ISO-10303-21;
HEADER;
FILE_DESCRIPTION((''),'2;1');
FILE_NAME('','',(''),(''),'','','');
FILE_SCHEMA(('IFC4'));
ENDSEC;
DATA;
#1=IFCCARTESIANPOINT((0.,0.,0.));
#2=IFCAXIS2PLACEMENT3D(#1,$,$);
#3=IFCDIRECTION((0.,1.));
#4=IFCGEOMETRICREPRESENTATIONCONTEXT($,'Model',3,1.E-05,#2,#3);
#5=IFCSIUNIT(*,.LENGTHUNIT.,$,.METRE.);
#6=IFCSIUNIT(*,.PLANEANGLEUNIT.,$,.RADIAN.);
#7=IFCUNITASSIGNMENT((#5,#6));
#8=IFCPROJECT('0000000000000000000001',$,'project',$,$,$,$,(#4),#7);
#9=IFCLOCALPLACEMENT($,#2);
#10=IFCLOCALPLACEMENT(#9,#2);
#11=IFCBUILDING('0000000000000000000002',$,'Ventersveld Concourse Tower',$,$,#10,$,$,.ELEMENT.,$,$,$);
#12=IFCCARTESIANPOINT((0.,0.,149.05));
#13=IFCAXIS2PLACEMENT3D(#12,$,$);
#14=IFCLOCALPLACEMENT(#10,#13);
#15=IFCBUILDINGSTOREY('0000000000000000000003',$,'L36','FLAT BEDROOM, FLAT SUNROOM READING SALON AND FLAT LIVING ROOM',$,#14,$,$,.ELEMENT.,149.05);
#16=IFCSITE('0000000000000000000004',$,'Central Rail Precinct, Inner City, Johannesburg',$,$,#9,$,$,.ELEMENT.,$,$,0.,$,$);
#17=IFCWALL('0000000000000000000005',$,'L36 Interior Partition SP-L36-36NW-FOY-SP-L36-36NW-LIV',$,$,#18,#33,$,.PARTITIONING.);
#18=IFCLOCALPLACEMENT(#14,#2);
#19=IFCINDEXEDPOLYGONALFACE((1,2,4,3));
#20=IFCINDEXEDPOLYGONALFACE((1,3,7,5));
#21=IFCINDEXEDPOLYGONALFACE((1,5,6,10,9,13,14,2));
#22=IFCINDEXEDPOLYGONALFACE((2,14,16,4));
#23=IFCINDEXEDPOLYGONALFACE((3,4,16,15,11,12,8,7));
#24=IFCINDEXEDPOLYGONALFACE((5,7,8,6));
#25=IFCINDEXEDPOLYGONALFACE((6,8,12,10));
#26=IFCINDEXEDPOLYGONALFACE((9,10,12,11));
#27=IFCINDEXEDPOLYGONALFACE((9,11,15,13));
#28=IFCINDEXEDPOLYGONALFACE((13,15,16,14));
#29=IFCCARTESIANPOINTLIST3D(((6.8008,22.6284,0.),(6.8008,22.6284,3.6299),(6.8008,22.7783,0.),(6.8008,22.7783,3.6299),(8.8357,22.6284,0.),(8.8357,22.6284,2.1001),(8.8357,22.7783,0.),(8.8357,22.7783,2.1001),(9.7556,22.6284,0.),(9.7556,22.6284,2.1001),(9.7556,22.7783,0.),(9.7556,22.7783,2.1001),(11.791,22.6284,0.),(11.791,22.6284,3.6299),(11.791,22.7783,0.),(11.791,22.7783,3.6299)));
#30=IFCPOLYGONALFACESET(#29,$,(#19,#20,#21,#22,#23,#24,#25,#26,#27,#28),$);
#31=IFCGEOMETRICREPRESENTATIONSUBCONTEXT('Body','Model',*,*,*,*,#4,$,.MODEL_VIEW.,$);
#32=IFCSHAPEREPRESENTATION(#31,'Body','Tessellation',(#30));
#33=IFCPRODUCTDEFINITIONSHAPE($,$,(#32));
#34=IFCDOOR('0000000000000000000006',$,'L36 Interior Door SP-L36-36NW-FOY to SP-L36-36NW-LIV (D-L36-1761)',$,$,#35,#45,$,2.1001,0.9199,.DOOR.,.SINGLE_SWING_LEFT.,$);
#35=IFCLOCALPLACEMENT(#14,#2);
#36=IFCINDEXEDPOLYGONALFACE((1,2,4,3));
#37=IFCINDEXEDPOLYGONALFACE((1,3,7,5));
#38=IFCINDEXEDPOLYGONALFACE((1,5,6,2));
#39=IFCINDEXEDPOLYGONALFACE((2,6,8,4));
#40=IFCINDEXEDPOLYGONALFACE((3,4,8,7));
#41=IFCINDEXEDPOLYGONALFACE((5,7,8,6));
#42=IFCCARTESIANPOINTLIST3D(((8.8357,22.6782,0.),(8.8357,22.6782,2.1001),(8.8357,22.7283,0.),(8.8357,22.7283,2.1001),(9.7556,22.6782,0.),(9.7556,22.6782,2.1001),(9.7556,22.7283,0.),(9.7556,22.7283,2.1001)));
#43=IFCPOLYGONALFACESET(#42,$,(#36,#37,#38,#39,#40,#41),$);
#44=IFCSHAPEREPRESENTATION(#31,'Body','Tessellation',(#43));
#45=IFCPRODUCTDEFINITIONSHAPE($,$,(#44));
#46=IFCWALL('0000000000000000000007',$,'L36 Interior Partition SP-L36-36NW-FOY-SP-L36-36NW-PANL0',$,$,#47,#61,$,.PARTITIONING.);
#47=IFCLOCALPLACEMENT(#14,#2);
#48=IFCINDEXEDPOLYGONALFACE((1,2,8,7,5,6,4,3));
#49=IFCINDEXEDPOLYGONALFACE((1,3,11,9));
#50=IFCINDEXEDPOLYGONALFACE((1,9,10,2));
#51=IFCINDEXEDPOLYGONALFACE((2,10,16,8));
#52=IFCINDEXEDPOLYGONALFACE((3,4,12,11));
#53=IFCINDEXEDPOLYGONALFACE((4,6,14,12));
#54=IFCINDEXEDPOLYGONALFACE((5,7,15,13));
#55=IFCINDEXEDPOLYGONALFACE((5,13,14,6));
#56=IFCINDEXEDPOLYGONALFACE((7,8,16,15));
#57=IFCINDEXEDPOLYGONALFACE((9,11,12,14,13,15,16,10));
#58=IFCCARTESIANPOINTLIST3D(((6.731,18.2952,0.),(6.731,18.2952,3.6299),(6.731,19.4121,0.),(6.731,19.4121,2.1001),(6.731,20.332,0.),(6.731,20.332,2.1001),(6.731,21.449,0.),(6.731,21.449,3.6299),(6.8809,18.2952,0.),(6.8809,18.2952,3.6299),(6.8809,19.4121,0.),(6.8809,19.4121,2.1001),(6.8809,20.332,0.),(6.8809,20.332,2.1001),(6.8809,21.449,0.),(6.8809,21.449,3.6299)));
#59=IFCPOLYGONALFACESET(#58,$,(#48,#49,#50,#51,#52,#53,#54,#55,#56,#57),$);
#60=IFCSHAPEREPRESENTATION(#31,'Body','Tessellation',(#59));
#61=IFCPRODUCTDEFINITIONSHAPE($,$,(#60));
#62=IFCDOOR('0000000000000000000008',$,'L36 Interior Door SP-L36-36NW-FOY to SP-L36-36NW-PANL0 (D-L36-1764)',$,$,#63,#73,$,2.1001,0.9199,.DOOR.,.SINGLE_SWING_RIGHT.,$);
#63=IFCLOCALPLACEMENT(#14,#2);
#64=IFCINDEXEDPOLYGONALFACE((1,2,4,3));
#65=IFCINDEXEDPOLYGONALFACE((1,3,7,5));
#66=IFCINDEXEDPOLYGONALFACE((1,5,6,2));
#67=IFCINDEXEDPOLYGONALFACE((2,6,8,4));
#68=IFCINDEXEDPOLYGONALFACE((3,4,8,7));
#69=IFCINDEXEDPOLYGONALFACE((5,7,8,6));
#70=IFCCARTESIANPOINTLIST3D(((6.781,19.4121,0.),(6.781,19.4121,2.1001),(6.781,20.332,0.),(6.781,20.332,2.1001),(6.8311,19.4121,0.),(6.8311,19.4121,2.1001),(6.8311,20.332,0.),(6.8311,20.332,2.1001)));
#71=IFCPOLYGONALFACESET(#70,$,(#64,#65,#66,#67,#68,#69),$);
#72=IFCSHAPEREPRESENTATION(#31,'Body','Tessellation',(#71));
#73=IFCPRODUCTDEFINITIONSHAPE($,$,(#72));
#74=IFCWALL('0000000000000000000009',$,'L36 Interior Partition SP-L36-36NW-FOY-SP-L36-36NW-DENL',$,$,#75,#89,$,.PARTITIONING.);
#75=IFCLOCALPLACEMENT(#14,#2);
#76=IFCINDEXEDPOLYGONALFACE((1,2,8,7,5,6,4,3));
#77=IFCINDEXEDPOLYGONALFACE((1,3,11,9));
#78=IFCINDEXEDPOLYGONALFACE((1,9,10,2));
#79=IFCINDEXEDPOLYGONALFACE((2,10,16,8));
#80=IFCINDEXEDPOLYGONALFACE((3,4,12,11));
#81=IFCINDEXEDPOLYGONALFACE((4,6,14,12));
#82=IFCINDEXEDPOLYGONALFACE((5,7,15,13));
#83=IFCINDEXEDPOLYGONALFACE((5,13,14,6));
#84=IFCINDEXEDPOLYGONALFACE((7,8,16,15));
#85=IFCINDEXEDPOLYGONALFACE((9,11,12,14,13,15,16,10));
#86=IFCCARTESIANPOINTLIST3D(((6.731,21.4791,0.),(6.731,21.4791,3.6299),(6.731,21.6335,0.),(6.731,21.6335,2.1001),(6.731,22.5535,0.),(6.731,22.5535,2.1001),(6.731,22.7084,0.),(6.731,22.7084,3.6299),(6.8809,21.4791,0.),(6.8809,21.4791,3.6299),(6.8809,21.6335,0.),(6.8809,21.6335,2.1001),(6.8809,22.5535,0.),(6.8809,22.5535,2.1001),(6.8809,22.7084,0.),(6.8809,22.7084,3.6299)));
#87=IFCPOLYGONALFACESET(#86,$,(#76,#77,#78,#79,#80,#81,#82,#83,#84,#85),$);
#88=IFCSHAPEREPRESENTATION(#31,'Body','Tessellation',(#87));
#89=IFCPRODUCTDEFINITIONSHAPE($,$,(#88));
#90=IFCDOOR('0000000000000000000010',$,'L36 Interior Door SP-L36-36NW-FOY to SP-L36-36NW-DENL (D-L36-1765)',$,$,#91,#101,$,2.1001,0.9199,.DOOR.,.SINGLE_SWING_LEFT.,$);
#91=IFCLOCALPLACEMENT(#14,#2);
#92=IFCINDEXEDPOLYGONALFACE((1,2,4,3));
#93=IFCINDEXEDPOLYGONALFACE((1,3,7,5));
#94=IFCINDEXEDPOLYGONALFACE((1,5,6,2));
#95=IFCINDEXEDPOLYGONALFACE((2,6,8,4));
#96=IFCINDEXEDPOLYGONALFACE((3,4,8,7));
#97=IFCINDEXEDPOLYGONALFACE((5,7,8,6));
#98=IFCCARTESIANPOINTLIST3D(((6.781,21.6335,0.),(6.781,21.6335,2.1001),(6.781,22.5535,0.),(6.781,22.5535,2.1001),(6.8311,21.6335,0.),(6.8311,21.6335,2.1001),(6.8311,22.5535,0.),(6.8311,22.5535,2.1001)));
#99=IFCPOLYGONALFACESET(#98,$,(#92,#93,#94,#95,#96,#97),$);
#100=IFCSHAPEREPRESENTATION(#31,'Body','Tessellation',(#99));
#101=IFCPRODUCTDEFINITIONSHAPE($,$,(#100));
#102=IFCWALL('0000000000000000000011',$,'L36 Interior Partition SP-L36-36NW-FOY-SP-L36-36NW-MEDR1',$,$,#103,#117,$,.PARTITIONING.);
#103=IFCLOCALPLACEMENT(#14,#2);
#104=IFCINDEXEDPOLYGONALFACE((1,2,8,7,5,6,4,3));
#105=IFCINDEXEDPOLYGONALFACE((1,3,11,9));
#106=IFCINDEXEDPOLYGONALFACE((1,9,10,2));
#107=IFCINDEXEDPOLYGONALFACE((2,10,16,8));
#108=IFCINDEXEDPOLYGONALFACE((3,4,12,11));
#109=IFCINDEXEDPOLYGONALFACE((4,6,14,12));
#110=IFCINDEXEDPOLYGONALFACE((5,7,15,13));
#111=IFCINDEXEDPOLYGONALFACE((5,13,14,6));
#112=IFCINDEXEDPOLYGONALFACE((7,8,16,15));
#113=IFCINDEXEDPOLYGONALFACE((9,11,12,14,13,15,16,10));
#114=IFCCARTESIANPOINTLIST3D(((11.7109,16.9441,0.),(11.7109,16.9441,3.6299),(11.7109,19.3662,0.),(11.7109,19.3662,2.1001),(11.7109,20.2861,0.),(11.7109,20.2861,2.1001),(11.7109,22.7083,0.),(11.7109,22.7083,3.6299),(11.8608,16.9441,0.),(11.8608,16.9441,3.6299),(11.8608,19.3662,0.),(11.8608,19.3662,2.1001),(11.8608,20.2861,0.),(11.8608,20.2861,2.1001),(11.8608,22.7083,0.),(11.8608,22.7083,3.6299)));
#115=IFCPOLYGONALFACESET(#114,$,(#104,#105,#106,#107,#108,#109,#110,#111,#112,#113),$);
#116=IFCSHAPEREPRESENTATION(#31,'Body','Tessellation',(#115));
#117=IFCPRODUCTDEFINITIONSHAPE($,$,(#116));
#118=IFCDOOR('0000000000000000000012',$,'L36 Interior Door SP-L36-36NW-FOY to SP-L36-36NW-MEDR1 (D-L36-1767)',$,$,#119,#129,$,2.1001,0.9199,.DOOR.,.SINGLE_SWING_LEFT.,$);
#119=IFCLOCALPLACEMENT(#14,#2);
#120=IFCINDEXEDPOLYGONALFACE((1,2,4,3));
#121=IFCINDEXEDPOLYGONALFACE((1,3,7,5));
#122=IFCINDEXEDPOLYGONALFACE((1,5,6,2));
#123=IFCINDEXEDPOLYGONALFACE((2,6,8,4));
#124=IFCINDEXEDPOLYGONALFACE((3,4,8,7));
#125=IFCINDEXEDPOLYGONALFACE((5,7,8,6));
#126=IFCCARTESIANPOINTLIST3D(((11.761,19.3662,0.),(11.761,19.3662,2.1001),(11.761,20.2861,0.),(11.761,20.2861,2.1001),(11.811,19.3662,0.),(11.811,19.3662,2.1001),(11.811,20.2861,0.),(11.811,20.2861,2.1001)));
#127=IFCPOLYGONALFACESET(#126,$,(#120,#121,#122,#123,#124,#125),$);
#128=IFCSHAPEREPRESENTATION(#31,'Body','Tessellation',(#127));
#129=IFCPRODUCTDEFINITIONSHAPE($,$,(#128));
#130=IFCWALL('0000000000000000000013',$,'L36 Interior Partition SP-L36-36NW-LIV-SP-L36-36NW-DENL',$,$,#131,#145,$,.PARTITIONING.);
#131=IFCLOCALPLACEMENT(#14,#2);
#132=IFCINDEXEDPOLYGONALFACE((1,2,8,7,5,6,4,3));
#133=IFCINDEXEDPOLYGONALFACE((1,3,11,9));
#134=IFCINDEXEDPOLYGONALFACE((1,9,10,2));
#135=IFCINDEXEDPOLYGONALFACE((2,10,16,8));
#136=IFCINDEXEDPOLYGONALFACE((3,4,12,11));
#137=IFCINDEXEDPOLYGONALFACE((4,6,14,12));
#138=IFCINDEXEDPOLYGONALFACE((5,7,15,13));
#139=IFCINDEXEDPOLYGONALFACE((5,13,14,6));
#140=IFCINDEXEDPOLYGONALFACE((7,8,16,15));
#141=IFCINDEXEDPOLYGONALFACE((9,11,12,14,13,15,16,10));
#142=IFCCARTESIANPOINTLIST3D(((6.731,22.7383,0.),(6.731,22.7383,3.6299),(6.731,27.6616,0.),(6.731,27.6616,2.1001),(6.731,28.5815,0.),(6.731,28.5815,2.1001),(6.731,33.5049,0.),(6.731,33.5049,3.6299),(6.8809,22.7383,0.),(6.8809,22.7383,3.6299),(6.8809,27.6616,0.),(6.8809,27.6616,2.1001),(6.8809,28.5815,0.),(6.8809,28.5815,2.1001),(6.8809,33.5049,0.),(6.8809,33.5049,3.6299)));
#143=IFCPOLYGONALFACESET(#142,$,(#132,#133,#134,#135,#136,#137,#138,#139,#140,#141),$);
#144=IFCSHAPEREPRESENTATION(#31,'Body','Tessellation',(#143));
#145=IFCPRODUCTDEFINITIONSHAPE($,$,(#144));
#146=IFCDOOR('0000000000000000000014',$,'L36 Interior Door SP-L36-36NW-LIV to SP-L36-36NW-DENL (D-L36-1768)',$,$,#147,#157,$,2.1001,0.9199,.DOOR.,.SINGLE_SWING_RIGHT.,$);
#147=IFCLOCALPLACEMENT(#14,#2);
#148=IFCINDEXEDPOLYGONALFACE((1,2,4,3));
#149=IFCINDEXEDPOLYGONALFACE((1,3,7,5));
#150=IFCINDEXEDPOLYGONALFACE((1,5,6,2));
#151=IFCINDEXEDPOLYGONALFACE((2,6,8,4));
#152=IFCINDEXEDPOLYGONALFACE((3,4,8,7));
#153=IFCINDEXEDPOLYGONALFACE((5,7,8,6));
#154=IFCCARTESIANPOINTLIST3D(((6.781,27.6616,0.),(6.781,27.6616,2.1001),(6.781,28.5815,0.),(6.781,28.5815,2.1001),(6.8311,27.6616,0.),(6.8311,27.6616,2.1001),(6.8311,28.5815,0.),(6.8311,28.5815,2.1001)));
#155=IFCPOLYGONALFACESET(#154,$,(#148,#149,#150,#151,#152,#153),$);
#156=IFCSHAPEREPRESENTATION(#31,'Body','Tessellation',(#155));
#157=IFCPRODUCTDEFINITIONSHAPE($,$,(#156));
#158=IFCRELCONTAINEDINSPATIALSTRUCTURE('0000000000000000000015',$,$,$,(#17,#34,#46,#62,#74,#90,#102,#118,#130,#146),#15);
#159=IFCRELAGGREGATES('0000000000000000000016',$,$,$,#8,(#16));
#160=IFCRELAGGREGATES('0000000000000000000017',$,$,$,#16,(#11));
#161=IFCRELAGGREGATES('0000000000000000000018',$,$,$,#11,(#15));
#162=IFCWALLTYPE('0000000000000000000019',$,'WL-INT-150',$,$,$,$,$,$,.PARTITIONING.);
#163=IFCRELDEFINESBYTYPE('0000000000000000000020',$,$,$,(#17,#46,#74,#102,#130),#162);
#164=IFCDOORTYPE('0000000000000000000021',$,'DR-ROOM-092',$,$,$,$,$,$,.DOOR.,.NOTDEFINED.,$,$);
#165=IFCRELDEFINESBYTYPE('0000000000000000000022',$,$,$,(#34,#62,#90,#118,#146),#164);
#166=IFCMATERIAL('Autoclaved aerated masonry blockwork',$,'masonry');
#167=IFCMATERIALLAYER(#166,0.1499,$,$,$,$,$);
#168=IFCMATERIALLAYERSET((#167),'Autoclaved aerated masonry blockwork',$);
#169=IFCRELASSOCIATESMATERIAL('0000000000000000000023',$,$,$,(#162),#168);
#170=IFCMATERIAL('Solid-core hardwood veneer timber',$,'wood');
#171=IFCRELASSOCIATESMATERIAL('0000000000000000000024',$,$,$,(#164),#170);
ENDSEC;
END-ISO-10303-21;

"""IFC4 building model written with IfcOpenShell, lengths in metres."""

from ifc_helpers import new_model, si_unit, direction, frame, frame_2d, origin, place, context, subcontext, project, spatial, rectangle, extrude, material, layer, layer_set, type_object, element, fill, save


model = new_model("IFC4")

# Units and contexts
model_context = context("Model", 3, precision=1e-05, world=origin(), true_north=direction((0.0, 1.0)))
body_context = subcontext(model_context, "Body", "Model", "MODEL_VIEW")
ifc_project = project(units=[si_unit("LENGTHUNIT", "METRE"), si_unit("PLANEANGLEUNIT", "RADIAN")], contexts=[model_context])

# Site, building, storey
site_placement = place(None, origin())
site = spatial("IfcSite", under=ifc_project, at=site_placement, Name="Central Rail Precinct, Inner City, Johannesburg", CompositionType="ELEMENT", RefElevation=0.0)
building_placement = place(site_placement, origin())
building = spatial("IfcBuilding", under=site, at=building_placement, Name="Ventersveld Concourse Tower", CompositionType="ELEMENT")
storey_placement = place(building_placement, frame((0.0, 0.0, 149.05)))
storey = spatial("IfcBuildingStorey", under=building, at=storey_placement, Name="L36", Description="FLAT BEDROOM, FLAT SUNROOM READING SALON AND FLAT LIVING ROOM", CompositionType="ELEMENT", Elevation=149.05)

# Walls, openings, doors
ifc_material_1 = material(Name="Autoclaved aerated masonry blockwork", Category="masonry")
ifc_layer_1 = layer(ifc_material_1, 0.1499)
ifc_layer_set_1 = layer_set([ifc_layer_1], Name="Autoclaved aerated masonry blockwork")
wall_type_1 = type_object("IfcWallType", Name="WL-INT-150", PredefinedType="PARTITIONING", material=ifc_layer_set_1)
wall_1_placement = place(storey_placement, frame((6.8008, 22.7034, 0.0), z_axis=(0.0, 0.0, 1.0), x_axis=(1.0, 0.0, 0.0)))
wall_1 = element("IfcWall", 1, at=wall_1_placement, inside=storey, type_object=wall_type_1, Name="L36 Interior Partition SP-L36-36NW-FOY-SP-L36-36NW-LIV", PredefinedType="PARTITIONING", context=body_context, shape_type="SweptSolid", body=[
    extrude(rectangle(XDim=4.9902, YDim=0.1499, at=frame_2d((2.4951, 0.0))), origin(), (0.0, 0.0, 1.0), 3.6299),
])
opening_1_placement = place(wall_1_placement, frame((2.0349, 0.0, 0.0)))
opening_1 = element("IfcOpeningElement", 2, at=opening_1_placement, cuts=wall_1, PredefinedType="OPENING", context=body_context, shape_type="SweptSolid", body=[
    extrude(rectangle(XDim=0.9199, YDim=2.1001, at=frame_2d((0.46, 1.05))), frame((0.0, 0.085, 0.0), z_axis=(0.0, -1.0, 0.0), x_axis=(1.0, 0.0, 0.0)), (0.0, 0.0, 1.0), 0.1699),
])
ifc_material_2 = material(Name="Solid-core hardwood veneer timber", Category="wood")
door_type_1 = type_object("IfcDoorType", Name="DR-ROOM-092", OperationType="NOTDEFINED", PredefinedType="DOOR", material=ifc_material_2)
door_1_placement = place(opening_1_placement, origin())
door_1 = element("IfcDoor", 3, at=door_1_placement, inside=storey, type_object=door_type_1, Name="L36 Interior Door SP-L36-36NW-FOY to SP-L36-36NW-LIV (D-L36-1761)", OperationType="SINGLE_SWING_LEFT", OverallHeight=2.1001, OverallWidth=0.9199, PredefinedType="DOOR", context=body_context, shape_type="SweptSolid", body=[
    extrude(rectangle(XDim=0.9199, YDim=2.1001, at=frame_2d((0.46, 1.05))), frame((0.0, 0.0249, 0.0), z_axis=(0.0, -1.0, 0.0), x_axis=(1.0, 0.0, 0.0)), (0.0, 0.0, 1.0), 0.05),
])
fill(opening_1, door_1)
wall_2_placement = place(storey_placement, frame((6.8059, 18.2952, 0.0), z_axis=(0.0, 0.0, 1.0), x_axis=(0.0, 1.0, 0.0)))
wall_2 = element("IfcWall", 4, at=wall_2_placement, inside=storey, type_object=wall_type_1, Name="L36 Interior Partition SP-L36-36NW-FOY-SP-L36-36NW-PANL0", PredefinedType="PARTITIONING", context=body_context, shape_type="SweptSolid", body=[
    extrude(rectangle(XDim=3.1538, YDim=0.1499, at=frame_2d((1.5769, 0.0))), origin(), (0.0, 0.0, 1.0), 3.6299),
])
opening_2_placement = place(wall_2_placement, frame((1.1169, 0.0, 0.0)))
opening_2 = element("IfcOpeningElement", 5, at=opening_2_placement, cuts=wall_2, PredefinedType="OPENING", context=body_context, shape_type="SweptSolid", body=[
    extrude(rectangle(XDim=0.9199, YDim=2.1001, at=frame_2d((0.46, 1.05))), frame((0.0, 0.085, 0.0), z_axis=(0.0, -1.0, 0.0), x_axis=(1.0, 0.0, 0.0)), (0.0, 0.0, 1.0), 0.1699),
])
door_2_placement = place(opening_2_placement, origin())
door_2 = element("IfcDoor", 6, at=door_2_placement, inside=storey, type_object=door_type_1, Name="L36 Interior Door SP-L36-36NW-FOY to SP-L36-36NW-PANL0 (D-L36-1764)", OperationType="SINGLE_SWING_RIGHT", OverallHeight=2.1001, OverallWidth=0.9199, PredefinedType="DOOR", context=body_context, shape_type="SweptSolid", body=[
    extrude(rectangle(XDim=0.9199, YDim=2.1001, at=frame_2d((0.46, 1.05))), frame((0.0, 0.0249, 0.0), z_axis=(0.0, -1.0, 0.0), x_axis=(1.0, 0.0, 0.0)), (0.0, 0.0, 1.0), 0.05),
])
fill(opening_2, door_2)
wall_3_placement = place(storey_placement, frame((6.8059, 21.479, 0.0), z_axis=(0.0, 0.0, 1.0), x_axis=(0.0, 1.0, 0.0)))
wall_3 = element("IfcWall", 7, at=wall_3_placement, inside=storey, type_object=wall_type_1, Name="L36 Interior Partition SP-L36-36NW-FOY-SP-L36-36NW-DENL", PredefinedType="PARTITIONING", context=body_context, shape_type="SweptSolid", body=[
    extrude(rectangle(XDim=1.2292, YDim=0.1499, at=frame_2d((0.6147, 0.0))), origin(), (0.0, 0.0, 1.0), 3.6299),
])
opening_3_placement = place(wall_3_placement, frame((0.1545, 0.0, 0.0)))
opening_3 = element("IfcOpeningElement", 8, at=opening_3_placement, cuts=wall_3, PredefinedType="OPENING", context=body_context, shape_type="SweptSolid", body=[
    extrude(rectangle(XDim=0.9199, YDim=2.1001, at=frame_2d((0.46, 1.05))), frame((0.0, 0.085, 0.0), z_axis=(0.0, -1.0, 0.0), x_axis=(1.0, 0.0, 0.0)), (0.0, 0.0, 1.0), 0.1699),
])
door_3_placement = place(opening_3_placement, origin())
door_3 = element("IfcDoor", 9, at=door_3_placement, inside=storey, type_object=door_type_1, Name="L36 Interior Door SP-L36-36NW-FOY to SP-L36-36NW-DENL (D-L36-1765)", OperationType="SINGLE_SWING_LEFT", OverallHeight=2.1001, OverallWidth=0.9199, PredefinedType="DOOR", context=body_context, shape_type="SweptSolid", body=[
    extrude(rectangle(XDim=0.9199, YDim=2.1001, at=frame_2d((0.46, 1.05))), frame((0.0, 0.0249, 0.0), z_axis=(0.0, -1.0, 0.0), x_axis=(1.0, 0.0, 0.0)), (0.0, 0.0, 1.0), 0.05),
])
fill(opening_3, door_3)
wall_4_placement = place(storey_placement, frame((11.7859, 16.9441, 0.0), z_axis=(0.0, 0.0, 1.0), x_axis=(0.0, 1.0, 0.0)))
wall_4 = element("IfcWall", 10, at=wall_4_placement, inside=storey, type_object=wall_type_1, Name="L36 Interior Partition SP-L36-36NW-FOY-SP-L36-36NW-MEDR1", PredefinedType="PARTITIONING", context=body_context, shape_type="SweptSolid", body=[
    extrude(rectangle(XDim=5.7642, YDim=0.1499, at=frame_2d((2.8821, 0.0))), origin(), (0.0, 0.0, 1.0), 3.6299),
])
opening_4_placement = place(wall_4_placement, frame((2.4221, 0.0, 0.0)))
opening_4 = element("IfcOpeningElement", 11, at=opening_4_placement, cuts=wall_4, PredefinedType="OPENING", context=body_context, shape_type="SweptSolid", body=[
    extrude(rectangle(XDim=0.9199, YDim=2.1001, at=frame_2d((0.46, 1.05))), frame((0.0, 0.085, 0.0), z_axis=(0.0, -1.0, 0.0), x_axis=(1.0, 0.0, 0.0)), (0.0, 0.0, 1.0), 0.1699),
])
door_4_placement = place(opening_4_placement, origin())
door_4 = element("IfcDoor", 12, at=door_4_placement, inside=storey, type_object=door_type_1, Name="L36 Interior Door SP-L36-36NW-FOY to SP-L36-36NW-MEDR1 (D-L36-1767)", OperationType="SINGLE_SWING_LEFT", OverallHeight=2.1001, OverallWidth=0.9199, PredefinedType="DOOR", context=body_context, shape_type="SweptSolid", body=[
    extrude(rectangle(XDim=0.9199, YDim=2.1001, at=frame_2d((0.46, 1.05))), frame((0.0, 0.0249, 0.0), z_axis=(0.0, -1.0, 0.0), x_axis=(1.0, 0.0, 0.0)), (0.0, 0.0, 1.0), 0.05),
])
fill(opening_4, door_4)
wall_5_placement = place(storey_placement, frame((6.8059, 22.7383, 0.0), z_axis=(0.0, 0.0, 1.0), x_axis=(0.0, 1.0, 0.0)))
wall_5 = element("IfcWall", 13, at=wall_5_placement, inside=storey, type_object=wall_type_1, Name="L36 Interior Partition SP-L36-36NW-LIV-SP-L36-36NW-DENL", PredefinedType="PARTITIONING", context=body_context, shape_type="SweptSolid", body=[
    extrude(rectangle(XDim=10.7666, YDim=0.1499, at=frame_2d((5.3833, 0.0))), origin(), (0.0, 0.0, 1.0), 3.6299),
])
opening_5_placement = place(wall_5_placement, frame((4.9233, 0.0, 0.0)))
opening_5 = element("IfcOpeningElement", 14, at=opening_5_placement, cuts=wall_5, PredefinedType="OPENING", context=body_context, shape_type="SweptSolid", body=[
    extrude(rectangle(XDim=0.9199, YDim=2.1001, at=frame_2d((0.46, 1.05))), frame((0.0, 0.085, 0.0), z_axis=(0.0, -1.0, 0.0), x_axis=(1.0, 0.0, 0.0)), (0.0, 0.0, 1.0), 0.1699),
])
door_5_placement = place(opening_5_placement, origin())
door_5 = element("IfcDoor", 15, at=door_5_placement, inside=storey, type_object=door_type_1, Name="L36 Interior Door SP-L36-36NW-LIV to SP-L36-36NW-DENL (D-L36-1768)", OperationType="SINGLE_SWING_RIGHT", OverallHeight=2.1001, OverallWidth=0.9199, PredefinedType="DOOR", context=body_context, shape_type="SweptSolid", body=[
    extrude(rectangle(XDim=0.9199, YDim=2.1001, at=frame_2d((0.46, 1.05))), frame((0.0, 0.0249, 0.0), z_axis=(0.0, -1.0, 0.0), x_axis=(1.0, 0.0, 0.0)), (0.0, 0.0, 1.0), 0.05),
])
fill(opening_5, door_5)

save(model, "model.ifc")
